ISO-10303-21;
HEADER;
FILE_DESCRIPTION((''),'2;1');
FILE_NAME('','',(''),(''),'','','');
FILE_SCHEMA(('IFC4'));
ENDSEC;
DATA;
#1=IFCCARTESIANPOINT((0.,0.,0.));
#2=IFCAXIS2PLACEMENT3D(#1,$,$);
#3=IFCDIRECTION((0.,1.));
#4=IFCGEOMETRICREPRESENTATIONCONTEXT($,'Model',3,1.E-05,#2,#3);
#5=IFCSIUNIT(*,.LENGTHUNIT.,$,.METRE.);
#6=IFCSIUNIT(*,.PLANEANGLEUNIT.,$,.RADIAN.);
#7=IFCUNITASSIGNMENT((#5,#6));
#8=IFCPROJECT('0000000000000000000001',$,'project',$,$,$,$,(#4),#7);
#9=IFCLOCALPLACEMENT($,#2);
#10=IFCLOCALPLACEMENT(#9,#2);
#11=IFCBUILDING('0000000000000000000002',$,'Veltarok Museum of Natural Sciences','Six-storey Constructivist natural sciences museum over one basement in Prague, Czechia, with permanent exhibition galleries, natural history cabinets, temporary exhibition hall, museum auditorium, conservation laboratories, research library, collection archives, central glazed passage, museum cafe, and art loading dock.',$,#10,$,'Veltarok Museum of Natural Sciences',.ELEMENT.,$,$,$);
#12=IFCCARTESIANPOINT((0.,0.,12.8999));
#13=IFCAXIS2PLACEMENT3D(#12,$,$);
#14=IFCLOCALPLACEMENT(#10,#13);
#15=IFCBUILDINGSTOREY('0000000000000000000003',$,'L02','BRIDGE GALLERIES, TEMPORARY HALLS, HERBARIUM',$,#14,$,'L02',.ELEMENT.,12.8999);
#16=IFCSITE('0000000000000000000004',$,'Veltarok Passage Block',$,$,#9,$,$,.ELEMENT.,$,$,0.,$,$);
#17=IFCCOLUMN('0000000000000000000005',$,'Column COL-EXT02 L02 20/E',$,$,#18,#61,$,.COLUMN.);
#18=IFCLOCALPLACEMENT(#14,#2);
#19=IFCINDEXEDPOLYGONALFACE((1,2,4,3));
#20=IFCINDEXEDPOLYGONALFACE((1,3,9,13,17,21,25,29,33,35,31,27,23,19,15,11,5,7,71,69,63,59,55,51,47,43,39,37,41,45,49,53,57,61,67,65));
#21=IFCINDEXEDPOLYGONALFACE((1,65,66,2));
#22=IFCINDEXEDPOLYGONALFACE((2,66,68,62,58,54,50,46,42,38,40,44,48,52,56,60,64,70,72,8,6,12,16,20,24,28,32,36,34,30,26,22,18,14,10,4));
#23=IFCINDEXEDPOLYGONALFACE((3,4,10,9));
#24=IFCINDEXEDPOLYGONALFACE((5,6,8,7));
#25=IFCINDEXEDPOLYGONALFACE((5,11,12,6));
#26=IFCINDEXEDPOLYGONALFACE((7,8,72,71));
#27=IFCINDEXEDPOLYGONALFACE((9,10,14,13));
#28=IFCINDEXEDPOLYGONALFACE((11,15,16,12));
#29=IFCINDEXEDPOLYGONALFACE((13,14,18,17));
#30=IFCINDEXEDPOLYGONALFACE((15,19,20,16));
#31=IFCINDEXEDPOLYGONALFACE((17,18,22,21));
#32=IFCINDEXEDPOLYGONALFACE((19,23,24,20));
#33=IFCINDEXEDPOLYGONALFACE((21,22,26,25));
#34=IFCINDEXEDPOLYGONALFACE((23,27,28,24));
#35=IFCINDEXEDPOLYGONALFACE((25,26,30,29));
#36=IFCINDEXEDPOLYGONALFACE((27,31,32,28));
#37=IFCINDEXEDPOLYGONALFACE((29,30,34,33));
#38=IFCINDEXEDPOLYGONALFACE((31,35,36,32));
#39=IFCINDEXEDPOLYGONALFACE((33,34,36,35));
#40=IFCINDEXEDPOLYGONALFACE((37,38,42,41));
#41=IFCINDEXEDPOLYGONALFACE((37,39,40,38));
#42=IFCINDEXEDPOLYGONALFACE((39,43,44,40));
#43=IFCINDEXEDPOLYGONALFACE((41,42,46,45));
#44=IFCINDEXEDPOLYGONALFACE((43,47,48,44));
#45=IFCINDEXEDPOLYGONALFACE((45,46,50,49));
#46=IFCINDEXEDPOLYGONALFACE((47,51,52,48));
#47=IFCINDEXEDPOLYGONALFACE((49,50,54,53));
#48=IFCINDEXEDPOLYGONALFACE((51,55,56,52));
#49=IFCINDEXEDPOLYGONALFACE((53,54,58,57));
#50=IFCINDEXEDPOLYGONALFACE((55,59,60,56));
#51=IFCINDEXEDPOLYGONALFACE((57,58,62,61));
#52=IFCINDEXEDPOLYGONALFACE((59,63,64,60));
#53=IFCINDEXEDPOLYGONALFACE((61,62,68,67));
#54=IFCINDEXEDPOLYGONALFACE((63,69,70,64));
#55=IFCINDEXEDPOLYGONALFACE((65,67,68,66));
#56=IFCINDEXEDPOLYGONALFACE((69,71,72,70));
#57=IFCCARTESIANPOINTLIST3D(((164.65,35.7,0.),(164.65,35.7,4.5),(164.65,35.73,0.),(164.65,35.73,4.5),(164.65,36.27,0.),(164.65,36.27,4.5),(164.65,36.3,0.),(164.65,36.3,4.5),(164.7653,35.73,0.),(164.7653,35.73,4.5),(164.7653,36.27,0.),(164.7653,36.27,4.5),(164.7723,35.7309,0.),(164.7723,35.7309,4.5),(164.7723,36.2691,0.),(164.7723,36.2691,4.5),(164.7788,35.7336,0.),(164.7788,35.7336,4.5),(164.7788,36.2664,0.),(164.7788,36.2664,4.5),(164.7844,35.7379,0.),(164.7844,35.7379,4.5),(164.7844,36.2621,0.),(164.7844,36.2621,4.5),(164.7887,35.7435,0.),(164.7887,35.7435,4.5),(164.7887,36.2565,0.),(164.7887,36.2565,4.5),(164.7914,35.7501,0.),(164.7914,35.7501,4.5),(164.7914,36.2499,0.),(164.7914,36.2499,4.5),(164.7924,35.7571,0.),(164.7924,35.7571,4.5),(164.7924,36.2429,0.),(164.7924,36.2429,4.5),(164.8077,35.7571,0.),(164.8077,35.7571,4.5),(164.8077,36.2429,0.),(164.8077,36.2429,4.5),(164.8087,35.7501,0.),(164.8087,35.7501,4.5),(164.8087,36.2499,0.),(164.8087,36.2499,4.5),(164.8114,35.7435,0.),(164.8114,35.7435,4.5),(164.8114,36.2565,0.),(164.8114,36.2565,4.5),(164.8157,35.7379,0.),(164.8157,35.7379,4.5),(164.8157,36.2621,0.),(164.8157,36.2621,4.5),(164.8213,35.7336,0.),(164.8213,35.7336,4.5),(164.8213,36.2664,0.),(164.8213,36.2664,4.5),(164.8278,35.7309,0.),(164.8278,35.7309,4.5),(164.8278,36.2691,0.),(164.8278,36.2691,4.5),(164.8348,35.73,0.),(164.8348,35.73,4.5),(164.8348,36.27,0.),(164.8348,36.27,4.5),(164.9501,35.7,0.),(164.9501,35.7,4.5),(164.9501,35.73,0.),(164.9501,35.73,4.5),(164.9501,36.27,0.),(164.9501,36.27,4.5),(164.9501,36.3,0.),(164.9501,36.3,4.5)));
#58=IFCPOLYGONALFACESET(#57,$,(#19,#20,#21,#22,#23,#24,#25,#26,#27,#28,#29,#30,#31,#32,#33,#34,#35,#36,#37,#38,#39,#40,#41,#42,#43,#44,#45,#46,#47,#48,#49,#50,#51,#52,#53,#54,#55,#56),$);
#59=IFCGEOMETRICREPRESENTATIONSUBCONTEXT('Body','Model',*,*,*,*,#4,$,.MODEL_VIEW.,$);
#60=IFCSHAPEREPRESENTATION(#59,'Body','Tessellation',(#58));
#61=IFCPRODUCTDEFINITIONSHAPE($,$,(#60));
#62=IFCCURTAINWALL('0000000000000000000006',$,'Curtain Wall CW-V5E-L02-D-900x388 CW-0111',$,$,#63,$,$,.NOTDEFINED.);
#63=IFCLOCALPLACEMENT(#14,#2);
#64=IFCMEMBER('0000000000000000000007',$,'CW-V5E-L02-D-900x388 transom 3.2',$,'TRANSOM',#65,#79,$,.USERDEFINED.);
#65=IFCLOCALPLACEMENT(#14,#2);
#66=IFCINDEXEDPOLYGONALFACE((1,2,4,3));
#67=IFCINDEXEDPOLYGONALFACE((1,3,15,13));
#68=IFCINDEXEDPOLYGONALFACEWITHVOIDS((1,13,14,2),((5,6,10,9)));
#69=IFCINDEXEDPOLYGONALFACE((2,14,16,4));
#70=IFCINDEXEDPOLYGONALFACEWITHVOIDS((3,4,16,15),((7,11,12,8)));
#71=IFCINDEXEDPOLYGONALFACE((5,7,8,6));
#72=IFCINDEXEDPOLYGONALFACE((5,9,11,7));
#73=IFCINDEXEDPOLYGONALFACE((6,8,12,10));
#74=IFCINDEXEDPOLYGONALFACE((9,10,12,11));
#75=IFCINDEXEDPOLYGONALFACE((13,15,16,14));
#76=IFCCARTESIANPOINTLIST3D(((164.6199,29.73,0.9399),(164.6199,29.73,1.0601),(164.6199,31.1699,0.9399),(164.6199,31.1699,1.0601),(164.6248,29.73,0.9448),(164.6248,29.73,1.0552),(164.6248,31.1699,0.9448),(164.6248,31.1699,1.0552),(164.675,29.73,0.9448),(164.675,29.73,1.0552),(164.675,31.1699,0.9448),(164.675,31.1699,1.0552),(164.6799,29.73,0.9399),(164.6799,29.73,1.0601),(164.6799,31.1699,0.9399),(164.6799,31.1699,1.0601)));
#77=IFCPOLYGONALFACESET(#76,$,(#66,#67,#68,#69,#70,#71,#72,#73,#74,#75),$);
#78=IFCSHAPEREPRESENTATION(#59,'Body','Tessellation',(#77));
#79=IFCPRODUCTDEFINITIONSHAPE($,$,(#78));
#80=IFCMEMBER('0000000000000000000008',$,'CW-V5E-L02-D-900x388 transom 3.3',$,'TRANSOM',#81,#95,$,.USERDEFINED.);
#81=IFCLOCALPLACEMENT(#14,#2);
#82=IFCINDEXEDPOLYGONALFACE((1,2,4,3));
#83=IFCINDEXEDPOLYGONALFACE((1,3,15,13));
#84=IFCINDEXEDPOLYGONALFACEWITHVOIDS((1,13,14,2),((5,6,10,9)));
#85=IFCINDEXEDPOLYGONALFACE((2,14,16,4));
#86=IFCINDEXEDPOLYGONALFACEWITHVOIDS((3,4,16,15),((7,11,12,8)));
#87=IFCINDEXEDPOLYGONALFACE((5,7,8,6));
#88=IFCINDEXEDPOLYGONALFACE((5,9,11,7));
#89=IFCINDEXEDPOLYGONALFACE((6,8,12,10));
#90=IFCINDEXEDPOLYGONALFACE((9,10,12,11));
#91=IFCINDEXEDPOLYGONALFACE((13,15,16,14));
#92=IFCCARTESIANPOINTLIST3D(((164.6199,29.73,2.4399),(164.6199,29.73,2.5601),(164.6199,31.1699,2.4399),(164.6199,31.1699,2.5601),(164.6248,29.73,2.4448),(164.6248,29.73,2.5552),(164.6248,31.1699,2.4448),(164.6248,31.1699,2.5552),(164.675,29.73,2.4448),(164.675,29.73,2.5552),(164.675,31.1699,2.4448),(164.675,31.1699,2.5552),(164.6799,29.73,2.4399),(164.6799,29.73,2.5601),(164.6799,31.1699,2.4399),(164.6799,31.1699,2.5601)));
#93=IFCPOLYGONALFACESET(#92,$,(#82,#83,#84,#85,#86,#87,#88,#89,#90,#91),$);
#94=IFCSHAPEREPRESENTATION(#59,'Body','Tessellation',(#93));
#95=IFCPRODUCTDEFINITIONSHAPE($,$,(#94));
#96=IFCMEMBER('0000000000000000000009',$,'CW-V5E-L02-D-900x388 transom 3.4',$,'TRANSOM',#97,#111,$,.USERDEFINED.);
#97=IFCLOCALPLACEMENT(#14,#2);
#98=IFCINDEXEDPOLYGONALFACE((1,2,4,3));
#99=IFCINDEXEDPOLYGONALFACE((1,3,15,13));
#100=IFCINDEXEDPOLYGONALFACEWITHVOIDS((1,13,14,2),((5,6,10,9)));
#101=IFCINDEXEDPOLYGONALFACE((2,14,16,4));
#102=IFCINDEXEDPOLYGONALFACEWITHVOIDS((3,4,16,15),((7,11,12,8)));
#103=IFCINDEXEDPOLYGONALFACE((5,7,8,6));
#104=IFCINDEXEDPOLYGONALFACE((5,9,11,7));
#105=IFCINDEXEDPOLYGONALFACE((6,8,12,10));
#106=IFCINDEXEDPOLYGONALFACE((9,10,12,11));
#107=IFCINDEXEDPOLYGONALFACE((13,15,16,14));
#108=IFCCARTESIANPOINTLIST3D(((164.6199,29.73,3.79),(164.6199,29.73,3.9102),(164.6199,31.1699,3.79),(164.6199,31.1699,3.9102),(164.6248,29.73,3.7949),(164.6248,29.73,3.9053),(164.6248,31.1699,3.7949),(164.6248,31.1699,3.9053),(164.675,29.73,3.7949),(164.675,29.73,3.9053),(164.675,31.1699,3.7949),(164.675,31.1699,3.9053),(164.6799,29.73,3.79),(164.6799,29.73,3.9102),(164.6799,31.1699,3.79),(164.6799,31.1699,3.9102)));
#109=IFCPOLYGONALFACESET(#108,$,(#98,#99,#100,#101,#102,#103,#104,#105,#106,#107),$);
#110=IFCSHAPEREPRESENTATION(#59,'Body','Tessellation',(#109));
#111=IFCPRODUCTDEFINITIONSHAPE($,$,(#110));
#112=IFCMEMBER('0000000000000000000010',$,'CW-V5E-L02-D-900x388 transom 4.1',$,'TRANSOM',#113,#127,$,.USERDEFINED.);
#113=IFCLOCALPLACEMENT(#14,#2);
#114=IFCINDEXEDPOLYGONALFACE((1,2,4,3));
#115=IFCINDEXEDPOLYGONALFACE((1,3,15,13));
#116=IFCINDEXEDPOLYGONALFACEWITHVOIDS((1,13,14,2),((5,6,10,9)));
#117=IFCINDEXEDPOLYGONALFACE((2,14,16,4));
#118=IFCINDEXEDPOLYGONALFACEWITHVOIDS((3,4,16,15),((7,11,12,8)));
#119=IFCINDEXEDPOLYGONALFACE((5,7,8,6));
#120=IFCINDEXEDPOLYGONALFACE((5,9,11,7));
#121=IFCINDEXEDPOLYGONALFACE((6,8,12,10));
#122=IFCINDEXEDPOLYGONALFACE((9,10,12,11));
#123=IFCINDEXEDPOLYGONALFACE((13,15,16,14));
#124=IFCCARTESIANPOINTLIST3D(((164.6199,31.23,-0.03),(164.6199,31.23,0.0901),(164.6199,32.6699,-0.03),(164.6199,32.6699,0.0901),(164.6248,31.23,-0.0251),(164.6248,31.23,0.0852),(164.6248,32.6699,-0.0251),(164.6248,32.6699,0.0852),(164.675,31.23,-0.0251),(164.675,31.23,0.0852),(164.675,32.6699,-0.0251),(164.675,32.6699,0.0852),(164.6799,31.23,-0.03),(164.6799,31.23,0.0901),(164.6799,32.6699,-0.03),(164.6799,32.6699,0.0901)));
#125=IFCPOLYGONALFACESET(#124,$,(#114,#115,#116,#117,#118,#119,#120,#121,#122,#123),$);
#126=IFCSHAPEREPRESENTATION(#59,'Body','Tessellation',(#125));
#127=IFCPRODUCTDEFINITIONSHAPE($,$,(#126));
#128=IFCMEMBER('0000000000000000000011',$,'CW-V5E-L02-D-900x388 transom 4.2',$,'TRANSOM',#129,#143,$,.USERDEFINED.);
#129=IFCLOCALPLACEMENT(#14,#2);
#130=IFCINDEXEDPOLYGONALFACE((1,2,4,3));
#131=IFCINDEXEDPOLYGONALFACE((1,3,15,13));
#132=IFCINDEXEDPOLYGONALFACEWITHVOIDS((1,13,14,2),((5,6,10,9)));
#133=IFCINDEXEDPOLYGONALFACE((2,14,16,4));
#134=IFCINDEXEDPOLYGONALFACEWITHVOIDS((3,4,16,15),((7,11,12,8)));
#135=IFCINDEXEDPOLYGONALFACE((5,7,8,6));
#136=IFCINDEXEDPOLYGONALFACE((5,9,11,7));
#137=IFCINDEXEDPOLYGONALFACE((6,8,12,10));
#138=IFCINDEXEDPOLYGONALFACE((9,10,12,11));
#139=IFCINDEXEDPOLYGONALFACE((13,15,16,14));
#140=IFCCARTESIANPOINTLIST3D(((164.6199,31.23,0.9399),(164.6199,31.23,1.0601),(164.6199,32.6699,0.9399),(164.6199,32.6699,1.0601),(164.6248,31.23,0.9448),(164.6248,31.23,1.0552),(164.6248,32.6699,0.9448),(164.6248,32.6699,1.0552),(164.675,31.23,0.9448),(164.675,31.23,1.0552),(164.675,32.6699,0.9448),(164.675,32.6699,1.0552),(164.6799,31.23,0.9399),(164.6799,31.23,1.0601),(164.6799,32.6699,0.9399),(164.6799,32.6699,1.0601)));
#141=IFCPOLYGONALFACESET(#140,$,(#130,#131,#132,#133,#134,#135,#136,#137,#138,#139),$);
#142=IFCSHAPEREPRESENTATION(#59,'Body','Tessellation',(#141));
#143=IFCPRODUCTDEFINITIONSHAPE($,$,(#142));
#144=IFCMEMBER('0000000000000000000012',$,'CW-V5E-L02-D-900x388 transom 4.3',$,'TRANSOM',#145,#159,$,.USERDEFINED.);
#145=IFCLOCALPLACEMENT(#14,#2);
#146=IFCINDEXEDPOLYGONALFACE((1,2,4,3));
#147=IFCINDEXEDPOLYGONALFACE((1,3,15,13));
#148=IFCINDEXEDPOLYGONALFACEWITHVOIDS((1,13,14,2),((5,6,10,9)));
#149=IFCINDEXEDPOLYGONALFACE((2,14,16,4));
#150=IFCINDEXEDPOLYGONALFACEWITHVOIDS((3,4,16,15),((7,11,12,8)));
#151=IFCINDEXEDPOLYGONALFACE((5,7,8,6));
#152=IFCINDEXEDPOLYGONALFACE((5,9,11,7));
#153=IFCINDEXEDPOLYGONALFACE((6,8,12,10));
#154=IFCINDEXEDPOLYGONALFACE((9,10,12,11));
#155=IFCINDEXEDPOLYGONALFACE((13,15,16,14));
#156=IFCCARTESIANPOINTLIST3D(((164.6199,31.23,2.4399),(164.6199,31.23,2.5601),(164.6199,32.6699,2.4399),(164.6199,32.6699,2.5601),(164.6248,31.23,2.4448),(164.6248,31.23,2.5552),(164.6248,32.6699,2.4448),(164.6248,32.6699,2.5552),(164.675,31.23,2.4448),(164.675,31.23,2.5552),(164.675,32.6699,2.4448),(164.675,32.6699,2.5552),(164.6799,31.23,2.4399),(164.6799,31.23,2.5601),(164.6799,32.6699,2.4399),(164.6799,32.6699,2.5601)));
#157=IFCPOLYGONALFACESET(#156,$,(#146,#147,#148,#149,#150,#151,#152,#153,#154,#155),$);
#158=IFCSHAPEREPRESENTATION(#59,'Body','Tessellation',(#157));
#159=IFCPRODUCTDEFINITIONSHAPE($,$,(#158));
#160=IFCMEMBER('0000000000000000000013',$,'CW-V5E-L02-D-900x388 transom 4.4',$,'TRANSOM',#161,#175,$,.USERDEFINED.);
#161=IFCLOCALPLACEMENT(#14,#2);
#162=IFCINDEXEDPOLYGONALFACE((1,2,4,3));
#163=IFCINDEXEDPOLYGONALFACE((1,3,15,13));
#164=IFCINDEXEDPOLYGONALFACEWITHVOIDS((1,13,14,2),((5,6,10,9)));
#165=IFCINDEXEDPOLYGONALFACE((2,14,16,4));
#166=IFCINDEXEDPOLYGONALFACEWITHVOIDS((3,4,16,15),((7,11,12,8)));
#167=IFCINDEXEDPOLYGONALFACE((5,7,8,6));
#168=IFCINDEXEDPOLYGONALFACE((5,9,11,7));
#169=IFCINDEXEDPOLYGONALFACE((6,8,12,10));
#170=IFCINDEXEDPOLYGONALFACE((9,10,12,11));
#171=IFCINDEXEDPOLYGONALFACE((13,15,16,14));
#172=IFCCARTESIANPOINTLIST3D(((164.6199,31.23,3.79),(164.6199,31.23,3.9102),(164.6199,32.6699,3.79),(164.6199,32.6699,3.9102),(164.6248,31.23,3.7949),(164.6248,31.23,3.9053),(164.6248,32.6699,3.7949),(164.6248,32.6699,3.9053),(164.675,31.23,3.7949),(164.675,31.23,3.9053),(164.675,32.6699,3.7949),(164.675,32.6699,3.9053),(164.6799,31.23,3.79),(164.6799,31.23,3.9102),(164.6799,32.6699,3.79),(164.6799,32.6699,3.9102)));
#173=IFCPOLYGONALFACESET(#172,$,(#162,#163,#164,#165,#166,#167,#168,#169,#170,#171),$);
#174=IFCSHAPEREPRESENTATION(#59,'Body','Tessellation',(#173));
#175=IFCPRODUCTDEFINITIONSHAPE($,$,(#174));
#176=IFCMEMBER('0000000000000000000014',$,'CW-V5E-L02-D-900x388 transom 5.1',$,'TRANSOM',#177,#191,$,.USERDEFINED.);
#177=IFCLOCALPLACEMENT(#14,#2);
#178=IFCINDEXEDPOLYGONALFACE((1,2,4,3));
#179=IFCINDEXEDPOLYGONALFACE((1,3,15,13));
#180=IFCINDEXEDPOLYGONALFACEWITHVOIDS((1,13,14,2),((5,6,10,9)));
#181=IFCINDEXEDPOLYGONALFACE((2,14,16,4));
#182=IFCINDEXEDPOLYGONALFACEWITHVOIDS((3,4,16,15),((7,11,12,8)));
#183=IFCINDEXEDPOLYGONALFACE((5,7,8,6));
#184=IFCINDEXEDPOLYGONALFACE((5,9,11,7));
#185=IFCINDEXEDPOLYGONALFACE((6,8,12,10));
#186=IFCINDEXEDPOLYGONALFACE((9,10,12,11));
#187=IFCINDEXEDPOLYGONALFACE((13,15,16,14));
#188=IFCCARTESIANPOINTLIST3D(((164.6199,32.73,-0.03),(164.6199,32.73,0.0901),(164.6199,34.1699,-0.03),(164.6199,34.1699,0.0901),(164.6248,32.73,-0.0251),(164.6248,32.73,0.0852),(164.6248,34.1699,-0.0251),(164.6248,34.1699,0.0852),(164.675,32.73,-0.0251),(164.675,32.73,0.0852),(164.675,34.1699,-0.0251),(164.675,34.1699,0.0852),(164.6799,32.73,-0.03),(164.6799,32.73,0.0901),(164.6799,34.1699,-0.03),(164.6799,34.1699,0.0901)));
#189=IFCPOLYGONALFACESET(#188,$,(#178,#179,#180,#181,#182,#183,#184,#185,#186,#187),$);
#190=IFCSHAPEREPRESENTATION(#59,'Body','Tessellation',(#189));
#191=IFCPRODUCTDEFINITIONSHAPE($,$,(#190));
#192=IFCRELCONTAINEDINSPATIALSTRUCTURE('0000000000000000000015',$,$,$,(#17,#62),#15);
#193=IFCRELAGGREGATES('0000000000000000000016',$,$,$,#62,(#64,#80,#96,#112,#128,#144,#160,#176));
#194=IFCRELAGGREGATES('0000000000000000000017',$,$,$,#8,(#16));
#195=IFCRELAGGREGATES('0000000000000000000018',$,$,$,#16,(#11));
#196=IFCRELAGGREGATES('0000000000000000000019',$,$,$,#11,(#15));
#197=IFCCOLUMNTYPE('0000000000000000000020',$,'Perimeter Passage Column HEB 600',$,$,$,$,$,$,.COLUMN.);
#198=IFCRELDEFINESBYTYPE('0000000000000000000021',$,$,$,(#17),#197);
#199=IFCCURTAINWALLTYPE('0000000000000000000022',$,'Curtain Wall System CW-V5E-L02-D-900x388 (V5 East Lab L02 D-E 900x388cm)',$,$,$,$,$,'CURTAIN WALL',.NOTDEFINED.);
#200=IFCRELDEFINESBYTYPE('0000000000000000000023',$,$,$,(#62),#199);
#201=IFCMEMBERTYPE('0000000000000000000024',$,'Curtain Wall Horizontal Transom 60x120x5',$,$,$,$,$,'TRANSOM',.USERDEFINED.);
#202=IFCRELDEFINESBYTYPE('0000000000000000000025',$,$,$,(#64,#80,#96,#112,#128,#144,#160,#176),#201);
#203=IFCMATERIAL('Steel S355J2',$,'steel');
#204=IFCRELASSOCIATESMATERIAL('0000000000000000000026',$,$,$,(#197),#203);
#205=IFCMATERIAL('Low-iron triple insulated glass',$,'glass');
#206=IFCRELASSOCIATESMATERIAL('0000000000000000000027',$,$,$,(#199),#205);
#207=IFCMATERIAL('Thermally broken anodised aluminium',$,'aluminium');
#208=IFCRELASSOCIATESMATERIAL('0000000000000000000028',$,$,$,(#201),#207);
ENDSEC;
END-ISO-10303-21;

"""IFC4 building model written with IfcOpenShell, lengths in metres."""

from ifc_helpers import new_model, si_unit, direction, frame, origin, origin_2d, place, context, subcontext, project, spatial, hollow_rectangle, i_section, extrude, material, material_profile, profile_set, type_object, element, aggregate, save


model = new_model("IFC4")

# Units and contexts
model_context = context("Model", 3, precision=1e-05, world=origin(), true_north=direction((0.0, 1.0)))
body_context = subcontext(model_context, "Body", "Model", "MODEL_VIEW")
ifc_project = project(units=[si_unit("LENGTHUNIT", "METRE"), si_unit("PLANEANGLEUNIT", "RADIAN")], contexts=[model_context])

# Site, building, storey
site_placement = place(None, origin())
site = spatial("IfcSite", under=ifc_project, at=site_placement, Name="Veltarok Passage Block", CompositionType="ELEMENT", RefElevation=0.0)
building_placement = place(site_placement, origin())
building = spatial("IfcBuilding", under=site, at=building_placement, Name="Veltarok Museum of Natural Sciences", Description="Six-storey Constructivist natural sciences museum over one basement in Prague, Czechia, with permanent exhibition galleries, natural history cabinets, temporary exhibition hall, museum auditorium, conservation laboratories, research library, collection archives, central glazed passage, museum cafe, and art loading dock.", LongName="Veltarok Museum of Natural Sciences", CompositionType="ELEMENT")
storey_placement = place(building_placement, frame((0.0, 0.0, 12.8999)))
storey = spatial("IfcBuildingStorey", under=building, at=storey_placement, Name="L02", Description="BRIDGE GALLERIES, TEMPORARY HALLS, HERBARIUM", LongName="L02", CompositionType="ELEMENT", Elevation=12.8999)

# Column
ifc_material_1 = material(Name="Steel S355J2", Category="steel")
ifc_material_profile_1 = material_profile(ifc_material_1, i_section(OverallWidth=0.3, OverallDepth=0.6001, WebThickness=0.0154, FlangeThickness=0.03, FilletRadius=0.0271, at=origin_2d()), Name="HEB 600")
ifc_profile_set_1 = profile_set([ifc_material_profile_1], Name="Steel S355J2")
column_type = type_object("IfcColumnType", Name="Perimeter Passage Column HEB 600", PredefinedType="COLUMN", material=ifc_profile_set_1)
column_placement = place(storey_placement, frame((164.8, 36.0, 0.0), z_axis=(0.0, 0.0, 1.0), x_axis=(1.0, 0.0, 0.0)))
element("IfcColumn", 1, at=column_placement, inside=storey, type_object=column_type, Name="Column COL-EXT02 L02 20/E", PredefinedType="COLUMN", context=body_context, shape_type="SweptSolid", body=[
    extrude(i_section(OverallWidth=0.3, OverallDepth=0.6001, WebThickness=0.0154, FlangeThickness=0.03, FilletRadius=0.0271, at=origin_2d()), origin(), (0.0, 0.0, 1.0), 4.5),
])

# Curtain wall, members
ifc_material_2 = material(Name="Low-iron triple insulated glass", Category="glass")
curtain_wall_type_1 = type_object("IfcCurtainWallType", Name="Curtain Wall System CW-V5E-L02-D-900x388 (V5 East Lab L02 D-E 900x388cm)", ElementType="CURTAIN WALL", PredefinedType="NOTDEFINED", material=ifc_material_2)
curtain_wall_1_placement = place(storey_placement, origin())
curtain_wall_1 = element("IfcCurtainWall", 2, at=curtain_wall_1_placement, inside=storey, type_object=curtain_wall_type_1, Name="Curtain Wall CW-V5E-L02-D-900x388 CW-0111", PredefinedType="NOTDEFINED")
ifc_material_3 = material(Name="Thermally broken anodised aluminium", Category="aluminium")
ifc_material_profile_2 = material_profile(ifc_material_3, hollow_rectangle(XDim=0.0601, YDim=0.1201, WallThickness=0.0049, at=origin_2d()), Name="CW TRANSOM 60x120x5")
ifc_profile_set_2 = profile_set([ifc_material_profile_2], Name="Thermally broken anodised aluminium")
member_type_1 = type_object("IfcMemberType", Name="Curtain Wall Horizontal Transom 60x120x5", ElementType="TRANSOM", PredefinedType="USERDEFINED", material=ifc_profile_set_2)
member_1_placement = place(storey_placement, frame((164.6499, 29.73, 1.0), z_axis=(0.0, 1.0, 0.0), x_axis=(-1.0, 0.0, 0.0)))
member_1 = element("IfcMember", 3, at=member_1_placement, type_object=member_type_1, Name="CW-V5E-L02-D-900x388 transom 3.2", ObjectType="TRANSOM", PredefinedType="USERDEFINED", context=body_context, shape_type="SweptSolid", body=[
    extrude(hollow_rectangle(XDim=0.0601, YDim=0.1201, WallThickness=0.0049, at=origin_2d()), origin(), (0.0, 0.0, 1.0), 1.4399),
])
member_2_placement = place(storey_placement, frame((164.6499, 29.73, 2.5), z_axis=(0.0, 1.0, 0.0), x_axis=(-1.0, 0.0, 0.0)))
member_2 = element("IfcMember", 4, at=member_2_placement, type_object=member_type_1, Name="CW-V5E-L02-D-900x388 transom 3.3", ObjectType="TRANSOM", PredefinedType="USERDEFINED", context=body_context, shape_type="SweptSolid", body=[
    extrude(hollow_rectangle(XDim=0.0601, YDim=0.1201, WallThickness=0.0049, at=origin_2d()), origin(), (0.0, 0.0, 1.0), 1.4399),
])
member_3_placement = place(storey_placement, frame((164.6499, 29.73, 3.8501), z_axis=(0.0, 1.0, 0.0), x_axis=(-1.0, 0.0, 0.0)))
member_3 = element("IfcMember", 5, at=member_3_placement, type_object=member_type_1, Name="CW-V5E-L02-D-900x388 transom 3.4", ObjectType="TRANSOM", PredefinedType="USERDEFINED", context=body_context, shape_type="SweptSolid", body=[
    extrude(hollow_rectangle(XDim=0.0601, YDim=0.1201, WallThickness=0.0049, at=origin_2d()), origin(), (0.0, 0.0, 1.0), 1.4399),
])
member_4_placement = place(storey_placement, frame((164.6499, 31.23, 0.03), z_axis=(0.0, 1.0, 0.0), x_axis=(-1.0, 0.0, 0.0)))
member_4 = element("IfcMember", 6, at=member_4_placement, type_object=member_type_1, Name="CW-V5E-L02-D-900x388 transom 4.1", ObjectType="TRANSOM", PredefinedType="USERDEFINED", context=body_context, shape_type="SweptSolid", body=[
    extrude(hollow_rectangle(XDim=0.0601, YDim=0.1201, WallThickness=0.0049, at=origin_2d()), origin(), (0.0, 0.0, 1.0), 1.4399),
])
member_5_placement = place(storey_placement, frame((164.6499, 31.23, 1.0), z_axis=(0.0, 1.0, 0.0), x_axis=(-1.0, 0.0, 0.0)))
member_5 = element("IfcMember", 7, at=member_5_placement, type_object=member_type_1, Name="CW-V5E-L02-D-900x388 transom 4.2", ObjectType="TRANSOM", PredefinedType="USERDEFINED", context=body_context, shape_type="SweptSolid", body=[
    extrude(hollow_rectangle(XDim=0.0601, YDim=0.1201, WallThickness=0.0049, at=origin_2d()), origin(), (0.0, 0.0, 1.0), 1.4399),
])
member_6_placement = place(storey_placement, frame((164.6499, 31.23, 2.5), z_axis=(0.0, 1.0, 0.0), x_axis=(-1.0, 0.0, 0.0)))
member_6 = element("IfcMember", 8, at=member_6_placement, type_object=member_type_1, Name="CW-V5E-L02-D-900x388 transom 4.3", ObjectType="TRANSOM", PredefinedType="USERDEFINED", context=body_context, shape_type="SweptSolid", body=[
    extrude(hollow_rectangle(XDim=0.0601, YDim=0.1201, WallThickness=0.0049, at=origin_2d()), origin(), (0.0, 0.0, 1.0), 1.4399),
])
member_7_placement = place(storey_placement, frame((164.6499, 31.23, 3.8501), z_axis=(0.0, 1.0, 0.0), x_axis=(-1.0, 0.0, 0.0)))
member_7 = element("IfcMember", 9, at=member_7_placement, type_object=member_type_1, Name="CW-V5E-L02-D-900x388 transom 4.4", ObjectType="TRANSOM", PredefinedType="USERDEFINED", context=body_context, shape_type="SweptSolid", body=[
    extrude(hollow_rectangle(XDim=0.0601, YDim=0.1201, WallThickness=0.0049, at=origin_2d()), origin(), (0.0, 0.0, 1.0), 1.4399),
])
member_8_placement = place(storey_placement, frame((164.6499, 32.73, 0.03), z_axis=(0.0, 1.0, 0.0), x_axis=(-1.0, 0.0, 0.0)))
member_8 = element("IfcMember", 10, at=member_8_placement, type_object=member_type_1, Name="CW-V5E-L02-D-900x388 transom 5.1", ObjectType="TRANSOM", PredefinedType="USERDEFINED", context=body_context, shape_type="SweptSolid", body=[
    extrude(hollow_rectangle(XDim=0.0601, YDim=0.1201, WallThickness=0.0049, at=origin_2d()), origin(), (0.0, 0.0, 1.0), 1.4399),
])

aggregate(curtain_wall_1, [member_1, member_2, member_3, member_4, member_5, member_6, member_7, member_8])

save(model, "model.ifc")
